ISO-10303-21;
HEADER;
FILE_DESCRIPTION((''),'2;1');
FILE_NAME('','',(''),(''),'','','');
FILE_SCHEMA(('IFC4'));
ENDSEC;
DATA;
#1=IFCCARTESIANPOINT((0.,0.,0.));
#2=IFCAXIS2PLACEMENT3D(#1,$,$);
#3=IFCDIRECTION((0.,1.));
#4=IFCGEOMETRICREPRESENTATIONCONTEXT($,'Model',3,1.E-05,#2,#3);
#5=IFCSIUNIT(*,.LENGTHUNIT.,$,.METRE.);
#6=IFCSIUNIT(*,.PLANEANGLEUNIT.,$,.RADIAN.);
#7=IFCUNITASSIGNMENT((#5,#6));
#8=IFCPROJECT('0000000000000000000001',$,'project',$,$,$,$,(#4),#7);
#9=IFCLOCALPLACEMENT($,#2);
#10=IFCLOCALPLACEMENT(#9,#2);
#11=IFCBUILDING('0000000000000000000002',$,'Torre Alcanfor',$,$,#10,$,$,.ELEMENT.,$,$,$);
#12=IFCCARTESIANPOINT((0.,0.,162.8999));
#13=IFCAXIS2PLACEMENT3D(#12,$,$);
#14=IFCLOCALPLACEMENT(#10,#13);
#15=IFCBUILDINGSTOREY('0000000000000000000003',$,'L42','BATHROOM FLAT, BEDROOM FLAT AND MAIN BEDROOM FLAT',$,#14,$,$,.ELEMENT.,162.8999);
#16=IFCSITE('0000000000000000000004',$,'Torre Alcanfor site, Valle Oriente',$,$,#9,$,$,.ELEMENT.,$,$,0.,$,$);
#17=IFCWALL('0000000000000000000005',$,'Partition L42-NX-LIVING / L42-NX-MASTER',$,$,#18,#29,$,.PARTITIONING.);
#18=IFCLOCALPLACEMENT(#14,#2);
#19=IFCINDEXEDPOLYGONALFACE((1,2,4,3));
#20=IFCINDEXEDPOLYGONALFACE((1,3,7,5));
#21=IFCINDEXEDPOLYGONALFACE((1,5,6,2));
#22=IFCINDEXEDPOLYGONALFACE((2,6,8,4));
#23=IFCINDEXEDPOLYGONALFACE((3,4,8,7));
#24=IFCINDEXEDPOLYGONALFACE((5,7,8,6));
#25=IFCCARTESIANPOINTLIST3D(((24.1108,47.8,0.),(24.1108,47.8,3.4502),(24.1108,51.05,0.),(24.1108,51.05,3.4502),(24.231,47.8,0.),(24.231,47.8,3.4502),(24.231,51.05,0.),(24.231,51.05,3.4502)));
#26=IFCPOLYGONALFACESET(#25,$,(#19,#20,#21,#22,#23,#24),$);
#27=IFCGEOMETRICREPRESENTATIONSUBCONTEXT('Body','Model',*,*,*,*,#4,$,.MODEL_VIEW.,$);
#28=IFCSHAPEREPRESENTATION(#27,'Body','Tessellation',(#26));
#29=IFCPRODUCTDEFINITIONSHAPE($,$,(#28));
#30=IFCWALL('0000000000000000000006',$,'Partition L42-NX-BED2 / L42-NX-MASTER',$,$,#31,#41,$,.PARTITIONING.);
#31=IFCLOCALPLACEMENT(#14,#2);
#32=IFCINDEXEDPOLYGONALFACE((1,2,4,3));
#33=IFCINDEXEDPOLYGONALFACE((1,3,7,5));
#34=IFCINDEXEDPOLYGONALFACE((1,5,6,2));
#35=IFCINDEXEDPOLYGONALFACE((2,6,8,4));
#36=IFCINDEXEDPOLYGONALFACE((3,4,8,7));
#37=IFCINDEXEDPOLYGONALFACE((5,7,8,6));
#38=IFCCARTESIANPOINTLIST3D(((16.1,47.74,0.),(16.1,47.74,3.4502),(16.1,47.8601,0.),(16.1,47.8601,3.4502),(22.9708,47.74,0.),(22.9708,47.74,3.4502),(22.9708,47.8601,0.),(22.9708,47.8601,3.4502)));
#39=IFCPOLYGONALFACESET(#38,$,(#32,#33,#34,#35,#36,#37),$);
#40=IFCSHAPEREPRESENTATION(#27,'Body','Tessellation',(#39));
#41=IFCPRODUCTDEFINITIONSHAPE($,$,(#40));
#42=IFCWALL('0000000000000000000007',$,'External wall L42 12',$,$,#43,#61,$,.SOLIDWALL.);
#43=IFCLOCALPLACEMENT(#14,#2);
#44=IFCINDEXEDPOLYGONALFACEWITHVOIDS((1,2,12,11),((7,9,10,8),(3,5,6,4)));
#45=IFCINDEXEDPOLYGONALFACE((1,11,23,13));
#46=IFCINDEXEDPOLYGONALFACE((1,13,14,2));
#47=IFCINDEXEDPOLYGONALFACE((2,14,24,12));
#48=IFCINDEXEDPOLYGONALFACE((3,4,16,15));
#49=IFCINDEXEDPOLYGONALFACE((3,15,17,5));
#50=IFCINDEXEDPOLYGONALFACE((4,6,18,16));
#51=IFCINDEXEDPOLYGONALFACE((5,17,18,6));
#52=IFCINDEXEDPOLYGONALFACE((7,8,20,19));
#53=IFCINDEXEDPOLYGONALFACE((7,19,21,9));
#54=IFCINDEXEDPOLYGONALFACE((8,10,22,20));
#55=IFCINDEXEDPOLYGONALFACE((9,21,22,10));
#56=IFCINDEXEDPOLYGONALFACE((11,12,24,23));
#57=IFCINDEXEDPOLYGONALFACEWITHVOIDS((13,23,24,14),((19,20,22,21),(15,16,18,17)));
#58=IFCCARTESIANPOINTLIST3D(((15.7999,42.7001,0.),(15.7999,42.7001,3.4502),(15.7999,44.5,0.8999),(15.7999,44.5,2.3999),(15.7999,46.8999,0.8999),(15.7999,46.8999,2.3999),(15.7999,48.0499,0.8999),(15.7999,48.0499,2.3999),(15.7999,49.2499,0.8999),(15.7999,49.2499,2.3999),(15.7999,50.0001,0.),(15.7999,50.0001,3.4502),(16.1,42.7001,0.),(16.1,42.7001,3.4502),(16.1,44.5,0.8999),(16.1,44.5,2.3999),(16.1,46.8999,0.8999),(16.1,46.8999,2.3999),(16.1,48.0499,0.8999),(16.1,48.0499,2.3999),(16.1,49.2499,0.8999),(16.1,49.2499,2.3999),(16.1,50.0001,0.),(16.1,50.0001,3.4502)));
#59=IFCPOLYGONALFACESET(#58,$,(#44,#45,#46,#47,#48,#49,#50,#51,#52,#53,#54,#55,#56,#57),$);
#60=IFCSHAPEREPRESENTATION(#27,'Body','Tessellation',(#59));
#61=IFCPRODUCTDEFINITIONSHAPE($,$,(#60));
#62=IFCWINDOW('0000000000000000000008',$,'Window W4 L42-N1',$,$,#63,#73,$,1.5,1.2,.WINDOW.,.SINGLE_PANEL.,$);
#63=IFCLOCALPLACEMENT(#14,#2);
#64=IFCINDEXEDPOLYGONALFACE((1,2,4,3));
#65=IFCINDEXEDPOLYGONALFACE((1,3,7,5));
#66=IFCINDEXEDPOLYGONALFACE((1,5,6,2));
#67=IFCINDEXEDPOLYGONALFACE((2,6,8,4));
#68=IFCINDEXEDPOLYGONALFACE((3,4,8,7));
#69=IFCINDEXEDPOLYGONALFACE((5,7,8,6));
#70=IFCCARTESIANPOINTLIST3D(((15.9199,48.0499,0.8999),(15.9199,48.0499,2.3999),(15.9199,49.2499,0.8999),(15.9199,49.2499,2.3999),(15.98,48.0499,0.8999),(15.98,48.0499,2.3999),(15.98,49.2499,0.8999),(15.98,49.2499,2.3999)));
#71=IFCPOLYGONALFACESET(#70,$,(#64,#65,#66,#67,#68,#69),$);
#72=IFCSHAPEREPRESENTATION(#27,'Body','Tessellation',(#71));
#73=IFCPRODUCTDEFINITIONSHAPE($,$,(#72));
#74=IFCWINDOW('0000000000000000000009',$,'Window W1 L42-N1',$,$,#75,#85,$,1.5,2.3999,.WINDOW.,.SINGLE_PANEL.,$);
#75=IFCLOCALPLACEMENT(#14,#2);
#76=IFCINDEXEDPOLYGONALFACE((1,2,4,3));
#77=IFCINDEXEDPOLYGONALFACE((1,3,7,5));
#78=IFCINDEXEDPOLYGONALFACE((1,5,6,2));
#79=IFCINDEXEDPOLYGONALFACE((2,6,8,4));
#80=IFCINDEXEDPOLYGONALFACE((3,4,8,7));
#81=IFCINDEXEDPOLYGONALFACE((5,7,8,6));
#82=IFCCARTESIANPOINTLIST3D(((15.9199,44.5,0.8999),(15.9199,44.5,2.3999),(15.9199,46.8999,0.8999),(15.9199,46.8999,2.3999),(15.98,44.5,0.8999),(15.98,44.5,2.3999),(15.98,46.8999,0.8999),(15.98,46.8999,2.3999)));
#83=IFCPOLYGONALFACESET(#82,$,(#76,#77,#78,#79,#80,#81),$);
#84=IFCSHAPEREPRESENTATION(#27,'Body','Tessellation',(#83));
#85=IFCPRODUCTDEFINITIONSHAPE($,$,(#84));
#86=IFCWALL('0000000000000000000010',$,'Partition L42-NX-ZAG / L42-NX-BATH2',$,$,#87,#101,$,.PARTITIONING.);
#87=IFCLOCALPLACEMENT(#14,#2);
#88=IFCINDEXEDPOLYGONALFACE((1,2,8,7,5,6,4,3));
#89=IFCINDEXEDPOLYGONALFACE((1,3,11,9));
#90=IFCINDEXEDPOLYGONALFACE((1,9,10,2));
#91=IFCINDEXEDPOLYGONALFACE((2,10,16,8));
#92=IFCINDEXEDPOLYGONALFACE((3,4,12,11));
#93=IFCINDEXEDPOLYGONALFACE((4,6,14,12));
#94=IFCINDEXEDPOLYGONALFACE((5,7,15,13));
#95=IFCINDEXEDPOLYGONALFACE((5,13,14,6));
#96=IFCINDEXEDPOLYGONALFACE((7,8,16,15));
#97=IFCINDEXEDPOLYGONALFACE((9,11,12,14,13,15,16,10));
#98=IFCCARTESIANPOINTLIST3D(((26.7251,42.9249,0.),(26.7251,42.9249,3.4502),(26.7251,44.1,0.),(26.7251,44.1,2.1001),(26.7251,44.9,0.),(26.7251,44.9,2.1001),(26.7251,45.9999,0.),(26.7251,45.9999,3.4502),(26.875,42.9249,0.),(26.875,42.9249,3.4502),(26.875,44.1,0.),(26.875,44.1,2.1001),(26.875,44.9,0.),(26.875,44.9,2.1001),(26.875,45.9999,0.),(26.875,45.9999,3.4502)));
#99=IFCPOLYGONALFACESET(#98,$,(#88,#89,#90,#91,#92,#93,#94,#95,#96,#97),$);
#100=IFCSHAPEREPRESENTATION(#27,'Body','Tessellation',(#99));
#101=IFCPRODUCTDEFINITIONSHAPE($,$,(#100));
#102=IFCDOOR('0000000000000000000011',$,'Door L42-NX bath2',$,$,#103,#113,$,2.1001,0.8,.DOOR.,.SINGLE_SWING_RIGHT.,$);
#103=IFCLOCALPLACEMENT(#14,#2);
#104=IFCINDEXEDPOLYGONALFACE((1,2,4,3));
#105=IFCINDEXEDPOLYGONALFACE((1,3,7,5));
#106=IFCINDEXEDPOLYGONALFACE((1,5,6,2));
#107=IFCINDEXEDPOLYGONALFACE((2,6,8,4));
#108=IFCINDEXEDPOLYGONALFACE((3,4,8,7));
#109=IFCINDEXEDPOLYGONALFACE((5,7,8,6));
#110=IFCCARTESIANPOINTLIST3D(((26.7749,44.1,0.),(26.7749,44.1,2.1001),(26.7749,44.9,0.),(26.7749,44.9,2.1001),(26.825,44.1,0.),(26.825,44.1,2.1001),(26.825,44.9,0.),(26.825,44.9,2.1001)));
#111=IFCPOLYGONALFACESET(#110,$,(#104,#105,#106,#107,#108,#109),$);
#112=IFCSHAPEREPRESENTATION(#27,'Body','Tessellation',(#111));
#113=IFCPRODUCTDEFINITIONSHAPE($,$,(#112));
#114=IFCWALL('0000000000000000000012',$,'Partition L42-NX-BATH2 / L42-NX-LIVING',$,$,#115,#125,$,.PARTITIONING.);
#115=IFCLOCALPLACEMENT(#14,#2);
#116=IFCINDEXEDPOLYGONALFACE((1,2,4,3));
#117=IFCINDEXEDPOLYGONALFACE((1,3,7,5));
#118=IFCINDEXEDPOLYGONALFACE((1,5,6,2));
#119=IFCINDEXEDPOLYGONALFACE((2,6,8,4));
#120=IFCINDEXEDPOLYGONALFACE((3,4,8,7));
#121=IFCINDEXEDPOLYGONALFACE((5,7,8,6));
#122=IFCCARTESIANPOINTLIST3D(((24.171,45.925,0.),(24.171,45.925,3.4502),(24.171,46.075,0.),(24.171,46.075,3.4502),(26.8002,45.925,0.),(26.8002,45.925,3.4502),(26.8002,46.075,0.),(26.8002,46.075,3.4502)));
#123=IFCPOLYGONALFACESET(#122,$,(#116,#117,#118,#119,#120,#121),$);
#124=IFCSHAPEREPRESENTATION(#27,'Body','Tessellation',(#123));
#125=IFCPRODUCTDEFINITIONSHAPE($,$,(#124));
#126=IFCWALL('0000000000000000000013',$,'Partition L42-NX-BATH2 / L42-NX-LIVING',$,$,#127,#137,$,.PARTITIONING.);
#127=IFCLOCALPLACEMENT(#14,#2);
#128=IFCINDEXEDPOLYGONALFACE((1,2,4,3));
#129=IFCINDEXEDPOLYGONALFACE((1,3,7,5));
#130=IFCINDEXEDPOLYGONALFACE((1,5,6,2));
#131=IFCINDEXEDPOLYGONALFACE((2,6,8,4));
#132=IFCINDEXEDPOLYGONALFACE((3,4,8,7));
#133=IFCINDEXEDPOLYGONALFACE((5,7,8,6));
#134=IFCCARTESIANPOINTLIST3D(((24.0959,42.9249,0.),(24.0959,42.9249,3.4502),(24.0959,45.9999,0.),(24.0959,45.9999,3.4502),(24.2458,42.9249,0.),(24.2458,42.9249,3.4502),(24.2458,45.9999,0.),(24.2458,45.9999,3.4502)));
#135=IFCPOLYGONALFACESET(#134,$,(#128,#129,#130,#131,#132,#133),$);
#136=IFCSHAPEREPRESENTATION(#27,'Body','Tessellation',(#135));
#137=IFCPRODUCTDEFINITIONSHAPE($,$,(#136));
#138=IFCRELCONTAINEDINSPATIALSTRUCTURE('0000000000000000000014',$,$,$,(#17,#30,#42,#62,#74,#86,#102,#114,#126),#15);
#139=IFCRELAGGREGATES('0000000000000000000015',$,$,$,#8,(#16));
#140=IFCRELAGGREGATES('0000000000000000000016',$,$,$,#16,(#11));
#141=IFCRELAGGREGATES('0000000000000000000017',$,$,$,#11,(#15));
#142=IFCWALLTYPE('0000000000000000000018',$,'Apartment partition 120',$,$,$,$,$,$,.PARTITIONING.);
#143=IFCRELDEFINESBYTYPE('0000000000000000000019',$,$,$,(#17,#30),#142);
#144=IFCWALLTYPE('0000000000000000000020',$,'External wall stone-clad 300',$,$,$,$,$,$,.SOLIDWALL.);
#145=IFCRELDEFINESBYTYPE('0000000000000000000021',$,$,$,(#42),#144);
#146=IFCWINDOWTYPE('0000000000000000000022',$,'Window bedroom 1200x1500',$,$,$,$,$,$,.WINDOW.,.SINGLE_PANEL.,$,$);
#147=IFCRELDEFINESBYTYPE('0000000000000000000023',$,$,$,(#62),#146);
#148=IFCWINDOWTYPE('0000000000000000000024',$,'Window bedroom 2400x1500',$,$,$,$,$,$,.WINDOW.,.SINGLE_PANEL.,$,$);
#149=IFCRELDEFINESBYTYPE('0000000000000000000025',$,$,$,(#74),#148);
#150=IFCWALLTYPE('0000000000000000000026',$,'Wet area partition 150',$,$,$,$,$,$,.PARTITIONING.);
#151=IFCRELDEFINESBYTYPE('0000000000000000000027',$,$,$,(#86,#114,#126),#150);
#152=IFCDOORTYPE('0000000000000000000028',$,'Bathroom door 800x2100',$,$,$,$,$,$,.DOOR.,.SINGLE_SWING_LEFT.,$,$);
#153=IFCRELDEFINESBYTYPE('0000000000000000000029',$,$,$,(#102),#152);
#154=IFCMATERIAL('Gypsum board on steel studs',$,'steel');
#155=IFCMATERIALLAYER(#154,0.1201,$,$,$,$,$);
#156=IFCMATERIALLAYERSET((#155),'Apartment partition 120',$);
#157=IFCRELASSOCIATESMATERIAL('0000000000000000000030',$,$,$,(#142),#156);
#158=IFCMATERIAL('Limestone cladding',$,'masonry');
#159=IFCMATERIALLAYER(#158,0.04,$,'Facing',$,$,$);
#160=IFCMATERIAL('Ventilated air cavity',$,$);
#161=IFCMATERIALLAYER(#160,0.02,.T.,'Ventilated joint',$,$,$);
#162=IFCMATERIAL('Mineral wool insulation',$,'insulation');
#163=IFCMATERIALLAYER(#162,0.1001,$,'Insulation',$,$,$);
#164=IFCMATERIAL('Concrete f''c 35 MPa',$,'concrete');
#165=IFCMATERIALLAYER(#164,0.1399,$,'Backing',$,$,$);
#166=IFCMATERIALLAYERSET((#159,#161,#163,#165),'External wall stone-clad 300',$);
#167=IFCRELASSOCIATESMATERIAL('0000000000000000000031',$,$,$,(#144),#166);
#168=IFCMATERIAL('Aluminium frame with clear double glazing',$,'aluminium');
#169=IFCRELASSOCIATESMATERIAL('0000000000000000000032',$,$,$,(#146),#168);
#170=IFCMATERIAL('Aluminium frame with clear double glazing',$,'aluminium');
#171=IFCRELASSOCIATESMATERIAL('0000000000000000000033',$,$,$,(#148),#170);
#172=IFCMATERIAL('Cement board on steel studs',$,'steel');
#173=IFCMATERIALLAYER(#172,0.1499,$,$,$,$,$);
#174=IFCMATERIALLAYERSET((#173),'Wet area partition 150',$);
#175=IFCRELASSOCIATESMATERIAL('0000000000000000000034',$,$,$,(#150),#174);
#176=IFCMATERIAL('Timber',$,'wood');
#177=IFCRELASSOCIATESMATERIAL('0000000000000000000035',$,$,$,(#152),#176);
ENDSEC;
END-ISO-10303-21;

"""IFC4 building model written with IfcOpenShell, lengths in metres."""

from ifc_helpers import new_model, si_unit, direction, frame, frame_2d, origin, place, context, subcontext, project, spatial, rectangle, extrude, material, layer, layer_set, type_object, element, fill, save


model = new_model("IFC4")

# Units and contexts
model_context = context("Model", 3, precision=1e-05, world=origin(), true_north=direction((0.0, 1.0)))
body_context = subcontext(model_context, "Body", "Model", "MODEL_VIEW")
ifc_project = project(units=[si_unit("LENGTHUNIT", "METRE"), si_unit("PLANEANGLEUNIT", "RADIAN")], contexts=[model_context])

# Site, building, storey
site_placement = place(None, origin())
site = spatial("IfcSite", under=ifc_project, at=site_placement, Name="Torre Alcanfor site, Valle Oriente", CompositionType="ELEMENT", RefElevation=0.0)
building_placement = place(site_placement, origin())
building = spatial("IfcBuilding", under=site, at=building_placement, Name="Torre Alcanfor", CompositionType="ELEMENT")
storey_placement = place(building_placement, frame((0.0, 0.0, 162.8999)))
storey = spatial("IfcBuildingStorey", under=building, at=storey_placement, Name="L42", Description="BATHROOM FLAT, BEDROOM FLAT AND MAIN BEDROOM FLAT", CompositionType="ELEMENT", Elevation=162.8999)

# Shared definitions
ifc_material_1 = material(Name="Gypsum board on steel studs", Category="steel")
ifc_layer_1 = layer(ifc_material_1, 0.1201)
ifc_layer_set_1 = layer_set([ifc_layer_1], Name="Apartment partition 120")
wall_type_1 = type_object("IfcWallType", Name="Apartment partition 120", PredefinedType="PARTITIONING", material=ifc_layer_set_1)

# Walls
wall_1_placement = place(storey_placement, frame((24.1709, 47.8, 0.0), z_axis=(0.0, 0.0, 1.0), x_axis=(0.0, 1.0, 0.0)))
element("IfcWall", 1, at=wall_1_placement, inside=storey, type_object=wall_type_1, Name="Partition L42-NX-LIVING / L42-NX-MASTER", PredefinedType="PARTITIONING", context=body_context, shape_type="SweptSolid", body=[
    extrude(rectangle(XDim=3.25, YDim=0.1201, at=frame_2d((1.625, 0.0))), origin(), (0.0, 0.0, 1.0), 3.4502),
])
wall_2_placement = place(storey_placement, frame((22.9709, 47.8, 0.0), z_axis=(0.0, 0.0, 1.0), x_axis=(-1.0, 0.0, 0.0)))
element("IfcWall", 2, at=wall_2_placement, inside=storey, type_object=wall_type_1, Name="Partition L42-NX-BED2 / L42-NX-MASTER", PredefinedType="PARTITIONING", context=body_context, shape_type="SweptSolid", body=[
    extrude(rectangle(XDim=6.8708, YDim=0.1201, at=frame_2d((3.4355, 0.0))), origin(), (0.0, 0.0, 1.0), 3.4502),
])

# Wall, openings, windows
ifc_material_2 = material(Name="Limestone cladding", Category="masonry")
ifc_layer_2 = layer(ifc_material_2, 0.04, Name="Facing")
ifc_material_3 = material(Name="Ventilated air cavity")
ifc_layer_3 = layer(ifc_material_3, 0.02, ventilated=True, Name="Ventilated joint")
ifc_material_4 = material(Name="Mineral wool insulation", Category="insulation")
ifc_layer_4 = layer(ifc_material_4, 0.1001, Name="Insulation")
ifc_material_5 = material(Name="Concrete f'c 35 MPa", Category="concrete")
ifc_layer_5 = layer(ifc_material_5, 0.1399, Name="Backing")
ifc_layer_set_2 = layer_set([ifc_layer_2, ifc_layer_3, ifc_layer_4, ifc_layer_5], Name="External wall stone-clad 300")
wall_type_2 = type_object("IfcWallType", Name="External wall stone-clad 300", PredefinedType="SOLIDWALL", material=ifc_layer_set_2)
wall_3_placement = place(storey_placement, frame((15.95, 50.0, 0.0), z_axis=(0.0, 0.0, 1.0), x_axis=(0.0, -1.0, 0.0)))
wall_3 = element("IfcWall", 3, at=wall_3_placement, inside=storey, type_object=wall_type_2, Name="External wall L42 12", PredefinedType="SOLIDWALL", context=body_context, shape_type="SweptSolid", body=[
    extrude(rectangle(XDim=7.3, YDim=0.3, at=frame_2d((3.6499, 0.0))), origin(), (0.0, 0.0, 1.0), 3.4502),
])
opening_1_placement = place(wall_3_placement, frame((3.1001, 0.0, 0.8999)))
opening_1 = element("IfcOpeningElement", 4, at=opening_1_placement, cuts=wall_3, PredefinedType="OPENING", context=body_context, shape_type="SweptSolid", body=[
    extrude(rectangle(XDim=2.3999, YDim=1.5, at=frame_2d((1.2, 0.75))), frame((0.0, 0.1599, 0.0), z_axis=(0.0, -1.0, 0.0), x_axis=(1.0, 0.0, 0.0)), (0.0, 0.0, 1.0), 0.3201),
])
opening_2_placement = place(wall_3_placement, frame((0.75, 0.0, 0.8999)))
opening_2 = element("IfcOpeningElement", 5, at=opening_2_placement, cuts=wall_3, PredefinedType="OPENING", context=body_context, shape_type="SweptSolid", body=[
    extrude(rectangle(XDim=1.2, YDim=1.5, at=frame_2d((0.6001, 0.75))), frame((0.0, 0.1599, 0.0), z_axis=(0.0, -1.0, 0.0), x_axis=(1.0, 0.0, 0.0)), (0.0, 0.0, 1.0), 0.3201),
])
ifc_material_6 = material(Name="Aluminium frame with clear double glazing", Category="aluminium")
window_type_1 = type_object("IfcWindowType", Name="Window bedroom 1200x1500", PartitioningType="SINGLE_PANEL", PredefinedType="WINDOW", material=ifc_material_6)
window_1_placement = place(opening_2_placement, origin())
window_1 = element("IfcWindow", 6, at=window_1_placement, inside=storey, type_object=window_type_1, Name="Window W4 L42-N1", OverallHeight=1.5, OverallWidth=1.2, PartitioningType="SINGLE_PANEL", PredefinedType="WINDOW", context=body_context, shape_type="SweptSolid", body=[
    extrude(rectangle(XDim=1.2, YDim=1.5, at=frame_2d((0.6001, 0.75))), frame((0.0, 0.03, 0.0), z_axis=(0.0, -1.0, 0.0), x_axis=(1.0, 0.0, 0.0)), (0.0, 0.0, 1.0), 0.0601),
])
fill(opening_2, window_1)
ifc_material_7 = material(Name="Aluminium frame with clear double glazing", Category="aluminium")
window_type_2 = type_object("IfcWindowType", Name="Window bedroom 2400x1500", PartitioningType="SINGLE_PANEL", PredefinedType="WINDOW", material=ifc_material_7)
window_2_placement = place(opening_1_placement, origin())
window_2 = element("IfcWindow", 7, at=window_2_placement, inside=storey, type_object=window_type_2, Name="Window W1 L42-N1", OverallHeight=1.5, OverallWidth=2.3999, PartitioningType="SINGLE_PANEL", PredefinedType="WINDOW", context=body_context, shape_type="SweptSolid", body=[
    extrude(rectangle(XDim=2.3999, YDim=1.5, at=frame_2d((1.2, 0.75))), frame((0.0, 0.03, 0.0), z_axis=(0.0, -1.0, 0.0), x_axis=(1.0, 0.0, 0.0)), (0.0, 0.0, 1.0), 0.0601),
])
fill(opening_1, window_2)

# Wall, opening, door
ifc_material_8 = material(Name="Cement board on steel studs", Category="steel")
ifc_layer_6 = layer(ifc_material_8, 0.1499)
ifc_layer_set_3 = layer_set([ifc_layer_6], Name="Wet area partition 150")
wall_type_3 = type_object("IfcWallType", Name="Wet area partition 150", PredefinedType="PARTITIONING", material=ifc_layer_set_3)
wall_4_placement = place(storey_placement, frame((26.8, 46.0, 0.0), z_axis=(0.0, 0.0, 1.0), x_axis=(0.0, -1.0, 0.0)))
wall_4 = element("IfcWall", 8, at=wall_4_placement, inside=storey, type_object=wall_type_3, Name="Partition L42-NX-ZAG / L42-NX-BATH2", PredefinedType="PARTITIONING", context=body_context, shape_type="SweptSolid", body=[
    extrude(rectangle(XDim=3.075, YDim=0.1499, at=frame_2d((1.5376, 0.0))), origin(), (0.0, 0.0, 1.0), 3.4502),
])
opening_3_placement = place(wall_4_placement, frame((1.1001, 0.0, 0.0)))
opening_3 = element("IfcOpeningElement", 9, at=opening_3_placement, cuts=wall_4, PredefinedType="OPENING", context=body_context, shape_type="SweptSolid", body=[
    extrude(rectangle(XDim=0.8, YDim=2.1001, at=frame_2d((0.3999, 1.05))), frame((0.0, 0.085, 0.0), z_axis=(0.0, -1.0, 0.0), x_axis=(1.0, 0.0, 0.0)), (0.0, 0.0, 1.0), 0.1699),
])
ifc_material_9 = material(Name="Timber", Category="wood")
door_type_1 = type_object("IfcDoorType", Name="Bathroom door 800x2100", OperationType="SINGLE_SWING_LEFT", PredefinedType="DOOR", material=ifc_material_9)
door_1_placement = place(opening_3_placement, frame((0.8, 0.0, 0.0), z_axis=(0.0, 0.0, 1.0), x_axis=(-1.0, 0.0, 0.0)))
door_1 = element("IfcDoor", 10, at=door_1_placement, inside=storey, type_object=door_type_1, Name="Door L42-NX bath2", OperationType="SINGLE_SWING_RIGHT", OverallHeight=2.1001, OverallWidth=0.8, PredefinedType="DOOR", context=body_context, shape_type="SweptSolid", body=[
    extrude(rectangle(XDim=0.8, YDim=2.1001, at=frame_2d((0.4001, 1.05))), frame((0.0, 0.0251, 0.0), z_axis=(0.0, -1.0, 0.0), x_axis=(1.0, 0.0, 0.0)), (0.0, 0.0, 1.0), 0.05),
])
fill(opening_3, door_1)

# Walls
wall_5_placement = place(storey_placement, frame((26.8, 46.0, 0.0), z_axis=(0.0, 0.0, 1.0), x_axis=(-1.0, 0.0, 0.0)))
element("IfcWall", 11, at=wall_5_placement, inside=storey, type_object=wall_type_3, Name="Partition L42-NX-BATH2 / L42-NX-LIVING", PredefinedType="PARTITIONING", context=body_context, shape_type="SweptSolid", body=[
    extrude(rectangle(XDim=2.6292, YDim=0.1499, at=frame_2d((1.3145, 0.0))), origin(), (0.0, 0.0, 1.0), 3.4502),
])
wall_6_placement = place(storey_placement, frame((24.1709, 46.0, 0.0), z_axis=(0.0, 0.0, 1.0), x_axis=(0.0, -1.0, 0.0)))
element("IfcWall", 12, at=wall_6_placement, inside=storey, type_object=wall_type_3, Name="Partition L42-NX-BATH2 / L42-NX-LIVING", PredefinedType="PARTITIONING", context=body_context, shape_type="SweptSolid", body=[
    extrude(rectangle(XDim=3.075, YDim=0.1499, at=frame_2d((1.5376, 0.0))), origin(), (0.0, 0.0, 1.0), 3.4502),
])

save(model, "model.ifc")
